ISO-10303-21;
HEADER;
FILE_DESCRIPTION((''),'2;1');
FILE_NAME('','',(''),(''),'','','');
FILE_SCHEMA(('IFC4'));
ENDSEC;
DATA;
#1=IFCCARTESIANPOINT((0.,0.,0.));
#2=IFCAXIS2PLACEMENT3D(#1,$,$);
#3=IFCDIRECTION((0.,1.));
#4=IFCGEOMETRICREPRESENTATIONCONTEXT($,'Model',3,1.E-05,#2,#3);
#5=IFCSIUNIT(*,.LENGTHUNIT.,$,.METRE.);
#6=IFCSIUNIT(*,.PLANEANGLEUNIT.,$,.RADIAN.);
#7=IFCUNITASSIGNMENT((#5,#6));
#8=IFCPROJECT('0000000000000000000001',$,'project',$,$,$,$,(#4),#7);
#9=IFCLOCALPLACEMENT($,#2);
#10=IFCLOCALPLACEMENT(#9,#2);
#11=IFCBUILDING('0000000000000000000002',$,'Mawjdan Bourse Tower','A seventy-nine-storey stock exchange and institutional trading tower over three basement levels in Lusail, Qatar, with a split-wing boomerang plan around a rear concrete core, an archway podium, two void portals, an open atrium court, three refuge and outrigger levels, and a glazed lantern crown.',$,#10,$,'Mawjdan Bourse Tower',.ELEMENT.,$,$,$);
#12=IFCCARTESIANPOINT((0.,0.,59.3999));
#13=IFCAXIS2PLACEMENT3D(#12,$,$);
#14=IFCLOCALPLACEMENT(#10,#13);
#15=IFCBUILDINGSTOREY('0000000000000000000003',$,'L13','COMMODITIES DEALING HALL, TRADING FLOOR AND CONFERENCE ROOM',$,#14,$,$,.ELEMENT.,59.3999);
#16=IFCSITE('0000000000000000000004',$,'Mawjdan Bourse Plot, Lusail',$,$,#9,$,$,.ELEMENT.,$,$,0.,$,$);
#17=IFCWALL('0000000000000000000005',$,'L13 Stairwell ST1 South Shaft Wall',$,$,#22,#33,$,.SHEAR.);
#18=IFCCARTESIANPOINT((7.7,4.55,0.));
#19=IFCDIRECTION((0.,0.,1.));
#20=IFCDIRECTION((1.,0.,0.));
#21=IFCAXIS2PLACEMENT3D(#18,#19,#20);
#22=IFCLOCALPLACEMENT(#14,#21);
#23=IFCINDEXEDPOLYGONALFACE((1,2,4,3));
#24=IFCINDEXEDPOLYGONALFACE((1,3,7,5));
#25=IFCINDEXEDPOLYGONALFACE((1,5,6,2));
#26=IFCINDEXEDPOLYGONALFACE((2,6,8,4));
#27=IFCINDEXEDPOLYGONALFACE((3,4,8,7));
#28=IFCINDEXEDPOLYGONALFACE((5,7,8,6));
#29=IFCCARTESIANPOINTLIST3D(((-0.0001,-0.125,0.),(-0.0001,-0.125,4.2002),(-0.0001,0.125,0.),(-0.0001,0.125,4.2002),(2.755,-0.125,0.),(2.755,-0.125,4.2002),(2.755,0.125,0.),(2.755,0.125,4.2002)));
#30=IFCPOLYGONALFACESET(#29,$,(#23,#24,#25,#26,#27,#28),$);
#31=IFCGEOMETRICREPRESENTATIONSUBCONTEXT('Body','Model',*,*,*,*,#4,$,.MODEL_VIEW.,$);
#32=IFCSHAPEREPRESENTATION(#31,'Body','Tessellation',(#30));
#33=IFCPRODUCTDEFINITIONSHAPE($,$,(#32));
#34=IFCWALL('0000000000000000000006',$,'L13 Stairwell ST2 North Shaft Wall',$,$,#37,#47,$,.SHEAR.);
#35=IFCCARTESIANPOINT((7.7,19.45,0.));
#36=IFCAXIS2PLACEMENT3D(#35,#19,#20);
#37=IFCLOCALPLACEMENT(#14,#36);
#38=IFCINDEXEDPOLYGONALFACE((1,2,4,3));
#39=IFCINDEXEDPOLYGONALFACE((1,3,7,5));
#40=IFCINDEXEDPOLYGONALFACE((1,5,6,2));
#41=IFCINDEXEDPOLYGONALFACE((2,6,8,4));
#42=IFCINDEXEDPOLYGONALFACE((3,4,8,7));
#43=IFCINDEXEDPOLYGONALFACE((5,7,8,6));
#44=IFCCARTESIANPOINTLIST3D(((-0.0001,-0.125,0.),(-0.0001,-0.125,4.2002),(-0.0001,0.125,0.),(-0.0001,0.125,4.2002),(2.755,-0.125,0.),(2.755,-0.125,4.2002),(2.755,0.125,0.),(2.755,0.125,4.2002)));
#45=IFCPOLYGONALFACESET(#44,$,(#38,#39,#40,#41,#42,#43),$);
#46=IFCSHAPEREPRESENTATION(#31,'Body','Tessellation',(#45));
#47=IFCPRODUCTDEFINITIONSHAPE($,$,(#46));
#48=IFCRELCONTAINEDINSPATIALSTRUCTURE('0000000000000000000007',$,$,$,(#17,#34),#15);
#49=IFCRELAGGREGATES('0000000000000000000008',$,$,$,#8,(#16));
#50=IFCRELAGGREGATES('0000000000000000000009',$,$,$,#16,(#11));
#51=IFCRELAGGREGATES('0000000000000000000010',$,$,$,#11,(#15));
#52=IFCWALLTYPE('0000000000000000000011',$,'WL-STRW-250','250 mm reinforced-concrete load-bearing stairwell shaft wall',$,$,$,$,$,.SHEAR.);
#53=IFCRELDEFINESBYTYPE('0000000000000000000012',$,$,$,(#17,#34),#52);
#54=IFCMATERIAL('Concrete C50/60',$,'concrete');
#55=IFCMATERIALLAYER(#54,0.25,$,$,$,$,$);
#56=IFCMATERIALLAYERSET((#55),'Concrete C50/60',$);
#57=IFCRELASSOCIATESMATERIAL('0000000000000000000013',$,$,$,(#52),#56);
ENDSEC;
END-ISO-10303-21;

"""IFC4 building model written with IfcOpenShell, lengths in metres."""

from ifc_helpers import new_model, si_unit, direction, frame, frame_2d, origin, place, context, subcontext, project, spatial, rectangle, extrude, material, layer, layer_set, type_object, element, save


model = new_model("IFC4")

# Units and contexts
model_context = context("Model", 3, precision=1e-05, world=origin(), true_north=direction((0.0, 1.0)))
body_context = subcontext(model_context, "Body", "Model", "MODEL_VIEW")
ifc_project = project(units=[si_unit("LENGTHUNIT", "METRE"), si_unit("PLANEANGLEUNIT", "RADIAN")], contexts=[model_context])

# Site, building, storey
site_placement = place(None, origin())
site = spatial("IfcSite", under=ifc_project, at=site_placement, Name="Mawjdan Bourse Plot, Lusail", CompositionType="ELEMENT", RefElevation=0.0)
building_placement = place(site_placement, origin())
building = spatial("IfcBuilding", under=site, at=building_placement, Name="Mawjdan Bourse Tower", Description="A seventy-nine-storey stock exchange and institutional trading tower over three basement levels in Lusail, Qatar, with a split-wing boomerang plan around a rear concrete core, an archway podium, two void portals, an open atrium court, three refuge and outrigger levels, and a glazed lantern crown.", LongName="Mawjdan Bourse Tower", CompositionType="ELEMENT")
storey_placement = place(building_placement, frame((0.0, 0.0, 59.3999)))
storey = spatial("IfcBuildingStorey", under=building, at=storey_placement, Name="L13", Description="COMMODITIES DEALING HALL, TRADING FLOOR AND CONFERENCE ROOM", CompositionType="ELEMENT", Elevation=59.3999)

# Shared definitions
ifc_material_1 = material(Name="Concrete C50/60", Category="concrete")

# Walls
ifc_layer_1 = layer(ifc_material_1, 0.25)
ifc_layer_set_1 = layer_set([ifc_layer_1], Name="Concrete C50/60")
wall_type_1 = type_object("IfcWallType", Name="WL-STRW-250", Description="250 mm reinforced-concrete load-bearing stairwell shaft wall", PredefinedType="SHEAR", material=ifc_layer_set_1)
for number, where, z_axis, x_axis, name in (
    (1, (7.7, 4.55, 0.0), (0.0, 0.0, 1.0), (1.0, 0.0, 0.0), "L13 Stairwell ST1 South Shaft Wall"),
    (2, (7.7, 19.45, 0.0), (0.0, 0.0, 1.0), (1.0, 0.0, 0.0), "L13 Stairwell ST2 North Shaft Wall"),
):
    element("IfcWall", number, at=place(storey_placement, frame(where, z_axis=z_axis, x_axis=x_axis)), inside=storey, type_object=wall_type_1, Name=name, PredefinedType="SHEAR", context=body_context, shape_type="SweptSolid", body=[
        extrude(rectangle(XDim=2.7551, YDim=0.25, at=frame_2d((1.3774, 0.0))), origin(), (0.0, 0.0, 1.0), 4.2002),
    ])

save(model, "model.ifc")
